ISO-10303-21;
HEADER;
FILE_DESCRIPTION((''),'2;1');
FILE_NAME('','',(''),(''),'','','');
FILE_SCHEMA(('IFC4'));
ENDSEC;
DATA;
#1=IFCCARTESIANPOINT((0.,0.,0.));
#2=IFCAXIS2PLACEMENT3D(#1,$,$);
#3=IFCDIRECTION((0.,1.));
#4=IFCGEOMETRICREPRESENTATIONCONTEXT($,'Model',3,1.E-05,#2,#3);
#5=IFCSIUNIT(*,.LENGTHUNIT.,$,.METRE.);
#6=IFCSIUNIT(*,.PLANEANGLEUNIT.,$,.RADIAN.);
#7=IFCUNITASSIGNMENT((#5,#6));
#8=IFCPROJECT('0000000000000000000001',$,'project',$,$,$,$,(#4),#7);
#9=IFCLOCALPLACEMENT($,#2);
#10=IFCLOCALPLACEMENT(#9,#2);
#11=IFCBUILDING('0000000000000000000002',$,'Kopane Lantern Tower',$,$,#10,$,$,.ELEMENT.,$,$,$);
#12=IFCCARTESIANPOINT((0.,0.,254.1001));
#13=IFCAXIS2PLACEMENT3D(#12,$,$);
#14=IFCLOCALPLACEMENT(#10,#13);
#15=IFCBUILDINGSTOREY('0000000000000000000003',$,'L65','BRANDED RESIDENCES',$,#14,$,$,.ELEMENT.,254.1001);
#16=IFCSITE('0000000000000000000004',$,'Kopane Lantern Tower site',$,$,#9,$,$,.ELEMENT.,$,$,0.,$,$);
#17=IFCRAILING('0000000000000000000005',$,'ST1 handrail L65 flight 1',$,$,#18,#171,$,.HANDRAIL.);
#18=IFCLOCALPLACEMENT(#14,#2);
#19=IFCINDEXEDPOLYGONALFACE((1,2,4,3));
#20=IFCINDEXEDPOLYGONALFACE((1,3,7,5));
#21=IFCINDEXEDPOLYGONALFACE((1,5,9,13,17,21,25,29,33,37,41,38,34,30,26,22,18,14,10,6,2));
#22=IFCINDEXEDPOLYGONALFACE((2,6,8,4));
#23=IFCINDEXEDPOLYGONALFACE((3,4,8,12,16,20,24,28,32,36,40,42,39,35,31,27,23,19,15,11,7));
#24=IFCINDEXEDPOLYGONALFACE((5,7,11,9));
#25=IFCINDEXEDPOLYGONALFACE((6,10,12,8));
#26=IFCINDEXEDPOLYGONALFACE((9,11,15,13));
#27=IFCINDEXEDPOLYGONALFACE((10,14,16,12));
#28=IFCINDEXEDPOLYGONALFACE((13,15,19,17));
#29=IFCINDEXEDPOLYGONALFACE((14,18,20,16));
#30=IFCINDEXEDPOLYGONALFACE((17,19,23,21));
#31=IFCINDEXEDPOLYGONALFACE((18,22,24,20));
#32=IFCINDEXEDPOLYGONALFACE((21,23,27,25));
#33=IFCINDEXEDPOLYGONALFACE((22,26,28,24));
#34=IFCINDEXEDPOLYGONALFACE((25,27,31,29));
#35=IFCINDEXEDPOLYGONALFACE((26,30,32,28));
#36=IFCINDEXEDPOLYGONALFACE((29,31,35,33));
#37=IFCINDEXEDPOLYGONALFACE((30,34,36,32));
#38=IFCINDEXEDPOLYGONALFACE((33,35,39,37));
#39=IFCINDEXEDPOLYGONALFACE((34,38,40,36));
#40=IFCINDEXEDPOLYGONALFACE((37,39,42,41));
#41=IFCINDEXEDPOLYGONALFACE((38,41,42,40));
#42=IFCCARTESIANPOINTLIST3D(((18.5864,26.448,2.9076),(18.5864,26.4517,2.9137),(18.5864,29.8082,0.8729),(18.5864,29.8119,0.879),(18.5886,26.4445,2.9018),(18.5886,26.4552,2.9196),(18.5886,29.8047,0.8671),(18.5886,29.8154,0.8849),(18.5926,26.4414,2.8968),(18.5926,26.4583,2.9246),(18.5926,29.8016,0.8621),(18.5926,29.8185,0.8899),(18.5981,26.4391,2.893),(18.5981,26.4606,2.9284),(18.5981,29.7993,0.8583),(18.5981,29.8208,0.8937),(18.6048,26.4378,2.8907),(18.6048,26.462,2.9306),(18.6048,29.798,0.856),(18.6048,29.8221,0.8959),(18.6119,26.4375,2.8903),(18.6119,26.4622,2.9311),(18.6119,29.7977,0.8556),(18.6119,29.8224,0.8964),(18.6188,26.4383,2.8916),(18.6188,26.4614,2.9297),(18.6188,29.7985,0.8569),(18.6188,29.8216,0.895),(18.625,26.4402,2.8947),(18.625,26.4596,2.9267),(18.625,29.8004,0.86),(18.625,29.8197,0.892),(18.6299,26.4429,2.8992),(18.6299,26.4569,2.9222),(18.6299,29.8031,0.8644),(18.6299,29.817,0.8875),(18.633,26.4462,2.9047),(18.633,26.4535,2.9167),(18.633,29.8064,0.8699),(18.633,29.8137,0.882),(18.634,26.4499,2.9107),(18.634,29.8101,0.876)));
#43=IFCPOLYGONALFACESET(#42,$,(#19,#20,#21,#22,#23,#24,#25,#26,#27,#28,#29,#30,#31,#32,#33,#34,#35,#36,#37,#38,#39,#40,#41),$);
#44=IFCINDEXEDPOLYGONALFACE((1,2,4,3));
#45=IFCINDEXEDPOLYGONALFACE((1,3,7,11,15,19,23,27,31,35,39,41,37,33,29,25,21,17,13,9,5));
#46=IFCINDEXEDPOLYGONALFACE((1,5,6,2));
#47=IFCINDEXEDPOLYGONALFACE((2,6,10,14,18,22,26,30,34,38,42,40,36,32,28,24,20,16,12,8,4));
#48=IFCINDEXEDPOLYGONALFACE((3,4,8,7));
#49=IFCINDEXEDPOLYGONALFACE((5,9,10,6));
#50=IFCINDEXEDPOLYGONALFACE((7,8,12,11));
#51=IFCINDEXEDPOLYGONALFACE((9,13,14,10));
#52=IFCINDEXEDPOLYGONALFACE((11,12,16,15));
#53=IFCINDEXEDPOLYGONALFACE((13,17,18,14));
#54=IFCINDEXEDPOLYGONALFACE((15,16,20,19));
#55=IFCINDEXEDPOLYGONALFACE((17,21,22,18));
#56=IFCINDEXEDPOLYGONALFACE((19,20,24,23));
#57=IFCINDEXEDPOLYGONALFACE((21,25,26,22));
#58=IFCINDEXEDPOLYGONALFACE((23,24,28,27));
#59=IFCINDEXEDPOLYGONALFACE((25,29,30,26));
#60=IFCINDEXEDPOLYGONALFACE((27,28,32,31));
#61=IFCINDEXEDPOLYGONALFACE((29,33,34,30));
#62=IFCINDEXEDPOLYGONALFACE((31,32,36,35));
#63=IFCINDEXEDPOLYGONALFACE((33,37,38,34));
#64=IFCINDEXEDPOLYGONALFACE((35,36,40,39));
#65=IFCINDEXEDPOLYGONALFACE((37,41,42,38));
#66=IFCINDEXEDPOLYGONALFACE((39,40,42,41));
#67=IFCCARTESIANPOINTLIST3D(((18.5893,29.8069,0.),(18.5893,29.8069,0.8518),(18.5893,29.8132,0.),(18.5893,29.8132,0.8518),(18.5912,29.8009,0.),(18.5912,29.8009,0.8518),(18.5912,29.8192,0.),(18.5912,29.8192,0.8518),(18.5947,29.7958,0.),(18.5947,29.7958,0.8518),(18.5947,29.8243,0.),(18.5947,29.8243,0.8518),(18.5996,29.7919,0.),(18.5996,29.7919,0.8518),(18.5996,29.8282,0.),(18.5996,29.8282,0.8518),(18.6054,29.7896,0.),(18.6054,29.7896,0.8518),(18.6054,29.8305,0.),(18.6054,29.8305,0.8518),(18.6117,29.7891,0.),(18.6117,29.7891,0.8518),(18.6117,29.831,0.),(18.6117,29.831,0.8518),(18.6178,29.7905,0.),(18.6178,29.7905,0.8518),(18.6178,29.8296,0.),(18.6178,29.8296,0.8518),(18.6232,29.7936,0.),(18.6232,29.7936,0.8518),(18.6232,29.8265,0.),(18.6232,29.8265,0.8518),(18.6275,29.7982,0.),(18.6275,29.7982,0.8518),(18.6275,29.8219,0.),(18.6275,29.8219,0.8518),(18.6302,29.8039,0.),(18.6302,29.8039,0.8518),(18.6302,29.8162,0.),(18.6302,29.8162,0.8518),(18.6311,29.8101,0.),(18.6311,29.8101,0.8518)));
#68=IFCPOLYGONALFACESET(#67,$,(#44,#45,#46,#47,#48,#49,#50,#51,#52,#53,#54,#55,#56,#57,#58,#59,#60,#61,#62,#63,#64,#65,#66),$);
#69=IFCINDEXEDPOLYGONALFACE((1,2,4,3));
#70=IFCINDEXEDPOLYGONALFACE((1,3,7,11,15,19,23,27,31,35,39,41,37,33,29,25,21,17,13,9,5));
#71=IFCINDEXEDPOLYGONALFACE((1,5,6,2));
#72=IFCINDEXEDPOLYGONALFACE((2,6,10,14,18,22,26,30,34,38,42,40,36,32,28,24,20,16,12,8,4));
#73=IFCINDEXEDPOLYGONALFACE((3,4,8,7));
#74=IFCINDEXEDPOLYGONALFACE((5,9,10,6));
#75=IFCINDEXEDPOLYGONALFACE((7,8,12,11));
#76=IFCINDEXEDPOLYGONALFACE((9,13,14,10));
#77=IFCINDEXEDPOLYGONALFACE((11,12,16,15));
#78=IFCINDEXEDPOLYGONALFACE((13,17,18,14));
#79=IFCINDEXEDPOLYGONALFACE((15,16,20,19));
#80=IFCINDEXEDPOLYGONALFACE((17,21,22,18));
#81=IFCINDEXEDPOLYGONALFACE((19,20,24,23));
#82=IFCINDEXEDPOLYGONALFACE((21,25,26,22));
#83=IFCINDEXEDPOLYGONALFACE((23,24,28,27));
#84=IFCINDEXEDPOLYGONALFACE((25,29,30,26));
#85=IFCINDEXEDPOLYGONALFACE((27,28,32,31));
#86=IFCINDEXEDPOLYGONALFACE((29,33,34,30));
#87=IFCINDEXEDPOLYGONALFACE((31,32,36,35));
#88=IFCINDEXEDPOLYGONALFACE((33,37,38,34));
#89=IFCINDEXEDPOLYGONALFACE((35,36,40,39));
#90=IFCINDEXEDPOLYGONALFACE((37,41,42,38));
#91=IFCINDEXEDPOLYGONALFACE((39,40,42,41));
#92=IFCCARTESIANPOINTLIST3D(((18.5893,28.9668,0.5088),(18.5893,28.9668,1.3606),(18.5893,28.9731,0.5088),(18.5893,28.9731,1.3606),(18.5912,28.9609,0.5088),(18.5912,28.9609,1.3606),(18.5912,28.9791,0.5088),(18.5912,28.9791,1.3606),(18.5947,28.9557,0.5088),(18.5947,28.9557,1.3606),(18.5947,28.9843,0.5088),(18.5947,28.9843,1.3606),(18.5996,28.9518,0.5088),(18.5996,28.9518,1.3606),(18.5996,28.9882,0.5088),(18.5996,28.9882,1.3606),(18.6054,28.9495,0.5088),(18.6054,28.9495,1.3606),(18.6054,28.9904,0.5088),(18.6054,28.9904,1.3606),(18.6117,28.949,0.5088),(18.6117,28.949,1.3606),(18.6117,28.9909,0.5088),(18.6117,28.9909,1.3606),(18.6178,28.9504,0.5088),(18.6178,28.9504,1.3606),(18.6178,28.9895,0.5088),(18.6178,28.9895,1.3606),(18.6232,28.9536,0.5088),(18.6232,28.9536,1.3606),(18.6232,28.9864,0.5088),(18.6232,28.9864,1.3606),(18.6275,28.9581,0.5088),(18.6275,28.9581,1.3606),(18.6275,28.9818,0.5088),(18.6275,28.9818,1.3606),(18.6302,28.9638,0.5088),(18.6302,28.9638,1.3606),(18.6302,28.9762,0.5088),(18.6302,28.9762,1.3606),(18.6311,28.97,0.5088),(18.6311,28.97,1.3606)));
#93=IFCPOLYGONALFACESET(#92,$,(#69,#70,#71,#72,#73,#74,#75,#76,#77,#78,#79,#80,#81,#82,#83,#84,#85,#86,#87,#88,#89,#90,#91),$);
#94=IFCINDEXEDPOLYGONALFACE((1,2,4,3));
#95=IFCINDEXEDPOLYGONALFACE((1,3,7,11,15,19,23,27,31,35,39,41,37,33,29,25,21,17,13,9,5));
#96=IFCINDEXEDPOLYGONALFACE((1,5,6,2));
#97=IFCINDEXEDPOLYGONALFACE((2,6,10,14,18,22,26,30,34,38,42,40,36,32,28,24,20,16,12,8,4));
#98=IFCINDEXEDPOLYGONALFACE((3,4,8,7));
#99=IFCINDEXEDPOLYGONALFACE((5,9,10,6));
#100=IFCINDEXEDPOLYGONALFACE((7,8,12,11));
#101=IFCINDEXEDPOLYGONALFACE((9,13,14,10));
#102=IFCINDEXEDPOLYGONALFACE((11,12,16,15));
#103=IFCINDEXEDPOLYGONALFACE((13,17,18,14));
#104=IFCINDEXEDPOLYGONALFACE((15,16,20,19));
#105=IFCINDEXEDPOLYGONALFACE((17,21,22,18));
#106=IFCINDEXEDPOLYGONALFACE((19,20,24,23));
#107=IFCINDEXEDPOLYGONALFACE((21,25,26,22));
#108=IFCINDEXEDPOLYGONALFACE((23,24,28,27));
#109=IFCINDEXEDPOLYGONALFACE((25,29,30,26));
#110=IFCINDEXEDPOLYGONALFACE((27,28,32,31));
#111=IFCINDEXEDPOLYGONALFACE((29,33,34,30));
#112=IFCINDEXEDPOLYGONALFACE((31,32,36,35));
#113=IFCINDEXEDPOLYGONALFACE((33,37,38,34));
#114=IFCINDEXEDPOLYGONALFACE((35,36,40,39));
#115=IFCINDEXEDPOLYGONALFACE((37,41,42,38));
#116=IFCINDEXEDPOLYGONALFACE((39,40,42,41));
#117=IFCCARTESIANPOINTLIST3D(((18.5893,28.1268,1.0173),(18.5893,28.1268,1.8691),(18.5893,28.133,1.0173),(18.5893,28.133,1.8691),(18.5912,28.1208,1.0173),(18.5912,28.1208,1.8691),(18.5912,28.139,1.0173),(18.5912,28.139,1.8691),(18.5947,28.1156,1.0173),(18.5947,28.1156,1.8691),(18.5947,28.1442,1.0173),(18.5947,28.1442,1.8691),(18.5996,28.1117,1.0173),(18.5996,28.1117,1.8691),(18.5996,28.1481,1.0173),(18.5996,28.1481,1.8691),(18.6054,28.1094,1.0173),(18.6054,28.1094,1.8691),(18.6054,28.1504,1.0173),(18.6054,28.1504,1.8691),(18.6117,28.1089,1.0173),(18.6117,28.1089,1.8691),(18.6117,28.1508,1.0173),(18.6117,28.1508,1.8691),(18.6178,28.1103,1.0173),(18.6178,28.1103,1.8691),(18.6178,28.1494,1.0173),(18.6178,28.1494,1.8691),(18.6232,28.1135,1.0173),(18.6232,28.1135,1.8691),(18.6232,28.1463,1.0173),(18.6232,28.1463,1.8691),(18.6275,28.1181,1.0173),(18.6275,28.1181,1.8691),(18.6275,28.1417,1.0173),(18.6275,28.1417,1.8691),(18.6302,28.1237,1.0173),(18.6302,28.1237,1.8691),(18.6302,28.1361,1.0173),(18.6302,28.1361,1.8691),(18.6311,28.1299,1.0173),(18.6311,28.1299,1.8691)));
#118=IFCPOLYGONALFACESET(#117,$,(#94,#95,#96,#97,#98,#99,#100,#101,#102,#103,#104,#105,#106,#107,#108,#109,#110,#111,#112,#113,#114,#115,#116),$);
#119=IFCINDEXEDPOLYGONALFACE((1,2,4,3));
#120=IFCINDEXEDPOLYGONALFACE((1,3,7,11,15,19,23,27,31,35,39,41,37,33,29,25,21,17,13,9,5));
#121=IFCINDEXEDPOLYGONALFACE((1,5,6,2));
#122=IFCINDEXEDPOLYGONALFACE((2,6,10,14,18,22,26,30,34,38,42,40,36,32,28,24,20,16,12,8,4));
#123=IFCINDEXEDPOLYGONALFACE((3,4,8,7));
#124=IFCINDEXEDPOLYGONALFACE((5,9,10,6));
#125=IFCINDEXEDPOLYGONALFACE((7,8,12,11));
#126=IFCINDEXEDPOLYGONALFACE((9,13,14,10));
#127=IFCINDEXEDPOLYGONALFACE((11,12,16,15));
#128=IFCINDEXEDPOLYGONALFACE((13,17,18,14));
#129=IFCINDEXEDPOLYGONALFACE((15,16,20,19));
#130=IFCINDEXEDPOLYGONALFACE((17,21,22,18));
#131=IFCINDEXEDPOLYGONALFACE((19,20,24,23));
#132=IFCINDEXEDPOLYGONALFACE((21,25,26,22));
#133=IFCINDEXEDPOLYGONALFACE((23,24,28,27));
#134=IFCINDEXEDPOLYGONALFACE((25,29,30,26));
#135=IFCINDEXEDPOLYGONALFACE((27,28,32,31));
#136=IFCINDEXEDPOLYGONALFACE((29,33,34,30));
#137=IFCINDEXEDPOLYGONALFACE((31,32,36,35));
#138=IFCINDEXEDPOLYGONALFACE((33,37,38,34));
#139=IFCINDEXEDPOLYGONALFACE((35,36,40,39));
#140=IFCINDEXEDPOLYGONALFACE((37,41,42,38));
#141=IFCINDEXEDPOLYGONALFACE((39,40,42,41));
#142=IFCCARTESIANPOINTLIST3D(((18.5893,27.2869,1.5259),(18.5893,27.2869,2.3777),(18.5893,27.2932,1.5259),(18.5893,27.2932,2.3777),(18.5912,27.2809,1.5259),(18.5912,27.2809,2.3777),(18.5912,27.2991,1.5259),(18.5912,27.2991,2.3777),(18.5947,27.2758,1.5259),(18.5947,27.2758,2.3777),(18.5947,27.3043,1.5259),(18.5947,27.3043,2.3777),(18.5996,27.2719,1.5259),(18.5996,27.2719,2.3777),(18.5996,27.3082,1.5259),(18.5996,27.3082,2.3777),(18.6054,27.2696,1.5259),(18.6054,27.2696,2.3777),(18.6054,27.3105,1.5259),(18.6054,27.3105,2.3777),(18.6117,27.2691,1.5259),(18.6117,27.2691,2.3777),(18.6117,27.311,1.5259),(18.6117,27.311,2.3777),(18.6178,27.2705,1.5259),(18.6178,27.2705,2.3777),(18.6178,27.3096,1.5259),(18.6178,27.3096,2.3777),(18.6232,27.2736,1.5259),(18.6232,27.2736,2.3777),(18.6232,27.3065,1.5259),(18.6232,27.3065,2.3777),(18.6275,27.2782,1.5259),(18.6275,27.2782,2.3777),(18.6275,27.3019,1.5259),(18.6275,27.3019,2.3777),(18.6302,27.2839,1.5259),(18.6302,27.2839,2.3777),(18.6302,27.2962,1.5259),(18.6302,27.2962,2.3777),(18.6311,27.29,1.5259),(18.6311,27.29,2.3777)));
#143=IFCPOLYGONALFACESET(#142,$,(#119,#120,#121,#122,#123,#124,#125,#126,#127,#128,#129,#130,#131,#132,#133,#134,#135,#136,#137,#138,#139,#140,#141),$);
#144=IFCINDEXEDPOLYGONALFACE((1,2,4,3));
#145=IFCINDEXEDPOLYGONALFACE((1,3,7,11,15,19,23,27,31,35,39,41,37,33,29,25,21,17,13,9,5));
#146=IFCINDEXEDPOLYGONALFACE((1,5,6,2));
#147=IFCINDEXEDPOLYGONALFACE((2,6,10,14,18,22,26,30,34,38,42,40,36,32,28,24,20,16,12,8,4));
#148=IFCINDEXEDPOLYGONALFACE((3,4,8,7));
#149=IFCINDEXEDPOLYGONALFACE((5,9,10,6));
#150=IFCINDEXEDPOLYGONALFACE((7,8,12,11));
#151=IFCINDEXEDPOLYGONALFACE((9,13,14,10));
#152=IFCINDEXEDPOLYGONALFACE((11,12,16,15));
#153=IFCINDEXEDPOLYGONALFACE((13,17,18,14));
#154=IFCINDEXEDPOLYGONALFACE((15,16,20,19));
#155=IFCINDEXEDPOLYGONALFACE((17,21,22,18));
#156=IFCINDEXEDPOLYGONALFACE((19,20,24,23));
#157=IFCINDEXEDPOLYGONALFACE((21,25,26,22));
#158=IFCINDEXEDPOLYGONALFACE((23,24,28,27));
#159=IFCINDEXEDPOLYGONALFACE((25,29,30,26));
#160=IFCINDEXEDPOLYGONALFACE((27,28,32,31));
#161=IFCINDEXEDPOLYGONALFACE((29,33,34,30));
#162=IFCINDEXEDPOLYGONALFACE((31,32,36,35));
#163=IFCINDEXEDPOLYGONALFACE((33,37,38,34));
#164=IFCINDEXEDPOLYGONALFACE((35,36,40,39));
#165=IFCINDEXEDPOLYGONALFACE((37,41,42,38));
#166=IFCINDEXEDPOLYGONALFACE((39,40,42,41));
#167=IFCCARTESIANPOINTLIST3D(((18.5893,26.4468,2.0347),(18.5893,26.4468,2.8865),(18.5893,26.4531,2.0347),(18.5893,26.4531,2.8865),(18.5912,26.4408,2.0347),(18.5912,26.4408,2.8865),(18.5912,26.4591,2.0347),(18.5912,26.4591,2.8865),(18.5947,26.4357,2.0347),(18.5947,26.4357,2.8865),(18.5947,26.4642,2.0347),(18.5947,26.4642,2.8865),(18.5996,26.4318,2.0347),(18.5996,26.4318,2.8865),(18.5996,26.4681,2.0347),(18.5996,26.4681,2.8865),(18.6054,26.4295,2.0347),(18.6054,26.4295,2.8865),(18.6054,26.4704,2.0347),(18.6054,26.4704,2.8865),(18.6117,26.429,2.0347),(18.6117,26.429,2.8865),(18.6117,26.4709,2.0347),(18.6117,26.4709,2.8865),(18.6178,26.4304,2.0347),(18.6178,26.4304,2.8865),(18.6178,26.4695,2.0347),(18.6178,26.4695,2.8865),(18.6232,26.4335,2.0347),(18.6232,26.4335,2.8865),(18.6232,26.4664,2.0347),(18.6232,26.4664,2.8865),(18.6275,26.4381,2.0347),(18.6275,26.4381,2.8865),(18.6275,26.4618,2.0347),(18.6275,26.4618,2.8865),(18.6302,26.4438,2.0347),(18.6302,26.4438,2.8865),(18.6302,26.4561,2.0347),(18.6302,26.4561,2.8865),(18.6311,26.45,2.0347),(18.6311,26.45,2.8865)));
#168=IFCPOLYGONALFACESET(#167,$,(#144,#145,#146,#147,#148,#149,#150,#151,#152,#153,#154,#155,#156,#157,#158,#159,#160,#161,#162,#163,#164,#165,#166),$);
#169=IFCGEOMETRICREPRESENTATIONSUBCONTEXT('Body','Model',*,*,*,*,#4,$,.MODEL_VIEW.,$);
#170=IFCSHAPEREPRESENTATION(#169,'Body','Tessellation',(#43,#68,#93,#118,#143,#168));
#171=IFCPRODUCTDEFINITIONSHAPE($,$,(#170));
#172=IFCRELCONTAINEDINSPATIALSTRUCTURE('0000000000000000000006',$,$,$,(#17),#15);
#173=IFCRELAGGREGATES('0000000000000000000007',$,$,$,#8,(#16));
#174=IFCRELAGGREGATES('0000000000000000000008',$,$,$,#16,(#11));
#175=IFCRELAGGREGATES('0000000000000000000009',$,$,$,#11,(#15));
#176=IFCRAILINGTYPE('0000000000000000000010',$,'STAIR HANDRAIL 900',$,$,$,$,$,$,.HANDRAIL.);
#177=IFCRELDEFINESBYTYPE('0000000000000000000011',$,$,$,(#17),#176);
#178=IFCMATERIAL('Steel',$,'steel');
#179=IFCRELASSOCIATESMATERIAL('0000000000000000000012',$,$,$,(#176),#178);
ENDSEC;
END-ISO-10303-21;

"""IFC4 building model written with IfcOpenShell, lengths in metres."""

from ifc_helpers import new_model, si_unit, direction, frame, origin, origin_2d, place, context, subcontext, project, spatial, circle, extrude, material, type_object, element, save


model = new_model("IFC4")

# Units and contexts
model_context = context("Model", 3, precision=1e-05, world=origin(), true_north=direction((0.0, 1.0)))
body_context = subcontext(model_context, "Body", "Model", "MODEL_VIEW")
ifc_project = project(units=[si_unit("LENGTHUNIT", "METRE"), si_unit("PLANEANGLEUNIT", "RADIAN")], contexts=[model_context])

# Site, building, storey
site_placement = place(None, origin())
site = spatial("IfcSite", under=ifc_project, at=site_placement, Name="Kopane Lantern Tower site", CompositionType="ELEMENT", RefElevation=0.0)
building_placement = place(site_placement, origin())
building = spatial("IfcBuilding", under=site, at=building_placement, Name="Kopane Lantern Tower", CompositionType="ELEMENT")
storey_placement = place(building_placement, frame((0.0, 0.0, 254.1001)))
storey = spatial("IfcBuildingStorey", under=building, at=storey_placement, Name="L65", Description="BRANDED RESIDENCES", CompositionType="ELEMENT", Elevation=254.1001)

# Railing
ifc_material_1 = material(Name="Steel", Category="steel")
railing_type_1 = type_object("IfcRailingType", Name="STAIR HANDRAIL 900", PredefinedType="HANDRAIL", material=ifc_material_1)
for number, where, name in (
    (1, (18.6101, 29.8101, 0.0), "ST1 handrail L65 flight 1"),
):
    element("IfcRailing", number, at=place(storey_placement, frame(where)), inside=storey, type_object=railing_type_1, Name=name, PredefinedType="HANDRAIL", context=body_context, shape_type="SweptSolid", body=[
        extrude(circle(Radius=0.0239, at=origin_2d()), frame((0.0, 0.0, 0.876), z_axis=(0.0, -0.855396, 0.517974), x_axis=(1.0, 0.0, 0.0)), (0.0, 0.0, 1.0), 3.9282),
        extrude(circle(Radius=0.021, at=origin_2d()), origin(), (0.0, 0.0, 1.0), 0.8518),
        extrude(circle(Radius=0.021, at=origin_2d()), frame((0.0, -0.8401, 0.5088)), (0.0, 0.0, 1.0), 0.8518),
        extrude(circle(Radius=0.021, at=origin_2d()), frame((0.0, -1.6802, 1.0173)), (0.0, 0.0, 1.0), 0.8518),
        extrude(circle(Radius=0.021, at=origin_2d()), frame((0.0, -2.52, 1.5259)), (0.0, 0.0, 1.0), 0.8518),
        extrude(circle(Radius=0.021, at=origin_2d()), frame((0.0, -3.3601, 2.0347)), (0.0, 0.0, 1.0), 0.8518),
    ])

save(model, "model.ifc")
